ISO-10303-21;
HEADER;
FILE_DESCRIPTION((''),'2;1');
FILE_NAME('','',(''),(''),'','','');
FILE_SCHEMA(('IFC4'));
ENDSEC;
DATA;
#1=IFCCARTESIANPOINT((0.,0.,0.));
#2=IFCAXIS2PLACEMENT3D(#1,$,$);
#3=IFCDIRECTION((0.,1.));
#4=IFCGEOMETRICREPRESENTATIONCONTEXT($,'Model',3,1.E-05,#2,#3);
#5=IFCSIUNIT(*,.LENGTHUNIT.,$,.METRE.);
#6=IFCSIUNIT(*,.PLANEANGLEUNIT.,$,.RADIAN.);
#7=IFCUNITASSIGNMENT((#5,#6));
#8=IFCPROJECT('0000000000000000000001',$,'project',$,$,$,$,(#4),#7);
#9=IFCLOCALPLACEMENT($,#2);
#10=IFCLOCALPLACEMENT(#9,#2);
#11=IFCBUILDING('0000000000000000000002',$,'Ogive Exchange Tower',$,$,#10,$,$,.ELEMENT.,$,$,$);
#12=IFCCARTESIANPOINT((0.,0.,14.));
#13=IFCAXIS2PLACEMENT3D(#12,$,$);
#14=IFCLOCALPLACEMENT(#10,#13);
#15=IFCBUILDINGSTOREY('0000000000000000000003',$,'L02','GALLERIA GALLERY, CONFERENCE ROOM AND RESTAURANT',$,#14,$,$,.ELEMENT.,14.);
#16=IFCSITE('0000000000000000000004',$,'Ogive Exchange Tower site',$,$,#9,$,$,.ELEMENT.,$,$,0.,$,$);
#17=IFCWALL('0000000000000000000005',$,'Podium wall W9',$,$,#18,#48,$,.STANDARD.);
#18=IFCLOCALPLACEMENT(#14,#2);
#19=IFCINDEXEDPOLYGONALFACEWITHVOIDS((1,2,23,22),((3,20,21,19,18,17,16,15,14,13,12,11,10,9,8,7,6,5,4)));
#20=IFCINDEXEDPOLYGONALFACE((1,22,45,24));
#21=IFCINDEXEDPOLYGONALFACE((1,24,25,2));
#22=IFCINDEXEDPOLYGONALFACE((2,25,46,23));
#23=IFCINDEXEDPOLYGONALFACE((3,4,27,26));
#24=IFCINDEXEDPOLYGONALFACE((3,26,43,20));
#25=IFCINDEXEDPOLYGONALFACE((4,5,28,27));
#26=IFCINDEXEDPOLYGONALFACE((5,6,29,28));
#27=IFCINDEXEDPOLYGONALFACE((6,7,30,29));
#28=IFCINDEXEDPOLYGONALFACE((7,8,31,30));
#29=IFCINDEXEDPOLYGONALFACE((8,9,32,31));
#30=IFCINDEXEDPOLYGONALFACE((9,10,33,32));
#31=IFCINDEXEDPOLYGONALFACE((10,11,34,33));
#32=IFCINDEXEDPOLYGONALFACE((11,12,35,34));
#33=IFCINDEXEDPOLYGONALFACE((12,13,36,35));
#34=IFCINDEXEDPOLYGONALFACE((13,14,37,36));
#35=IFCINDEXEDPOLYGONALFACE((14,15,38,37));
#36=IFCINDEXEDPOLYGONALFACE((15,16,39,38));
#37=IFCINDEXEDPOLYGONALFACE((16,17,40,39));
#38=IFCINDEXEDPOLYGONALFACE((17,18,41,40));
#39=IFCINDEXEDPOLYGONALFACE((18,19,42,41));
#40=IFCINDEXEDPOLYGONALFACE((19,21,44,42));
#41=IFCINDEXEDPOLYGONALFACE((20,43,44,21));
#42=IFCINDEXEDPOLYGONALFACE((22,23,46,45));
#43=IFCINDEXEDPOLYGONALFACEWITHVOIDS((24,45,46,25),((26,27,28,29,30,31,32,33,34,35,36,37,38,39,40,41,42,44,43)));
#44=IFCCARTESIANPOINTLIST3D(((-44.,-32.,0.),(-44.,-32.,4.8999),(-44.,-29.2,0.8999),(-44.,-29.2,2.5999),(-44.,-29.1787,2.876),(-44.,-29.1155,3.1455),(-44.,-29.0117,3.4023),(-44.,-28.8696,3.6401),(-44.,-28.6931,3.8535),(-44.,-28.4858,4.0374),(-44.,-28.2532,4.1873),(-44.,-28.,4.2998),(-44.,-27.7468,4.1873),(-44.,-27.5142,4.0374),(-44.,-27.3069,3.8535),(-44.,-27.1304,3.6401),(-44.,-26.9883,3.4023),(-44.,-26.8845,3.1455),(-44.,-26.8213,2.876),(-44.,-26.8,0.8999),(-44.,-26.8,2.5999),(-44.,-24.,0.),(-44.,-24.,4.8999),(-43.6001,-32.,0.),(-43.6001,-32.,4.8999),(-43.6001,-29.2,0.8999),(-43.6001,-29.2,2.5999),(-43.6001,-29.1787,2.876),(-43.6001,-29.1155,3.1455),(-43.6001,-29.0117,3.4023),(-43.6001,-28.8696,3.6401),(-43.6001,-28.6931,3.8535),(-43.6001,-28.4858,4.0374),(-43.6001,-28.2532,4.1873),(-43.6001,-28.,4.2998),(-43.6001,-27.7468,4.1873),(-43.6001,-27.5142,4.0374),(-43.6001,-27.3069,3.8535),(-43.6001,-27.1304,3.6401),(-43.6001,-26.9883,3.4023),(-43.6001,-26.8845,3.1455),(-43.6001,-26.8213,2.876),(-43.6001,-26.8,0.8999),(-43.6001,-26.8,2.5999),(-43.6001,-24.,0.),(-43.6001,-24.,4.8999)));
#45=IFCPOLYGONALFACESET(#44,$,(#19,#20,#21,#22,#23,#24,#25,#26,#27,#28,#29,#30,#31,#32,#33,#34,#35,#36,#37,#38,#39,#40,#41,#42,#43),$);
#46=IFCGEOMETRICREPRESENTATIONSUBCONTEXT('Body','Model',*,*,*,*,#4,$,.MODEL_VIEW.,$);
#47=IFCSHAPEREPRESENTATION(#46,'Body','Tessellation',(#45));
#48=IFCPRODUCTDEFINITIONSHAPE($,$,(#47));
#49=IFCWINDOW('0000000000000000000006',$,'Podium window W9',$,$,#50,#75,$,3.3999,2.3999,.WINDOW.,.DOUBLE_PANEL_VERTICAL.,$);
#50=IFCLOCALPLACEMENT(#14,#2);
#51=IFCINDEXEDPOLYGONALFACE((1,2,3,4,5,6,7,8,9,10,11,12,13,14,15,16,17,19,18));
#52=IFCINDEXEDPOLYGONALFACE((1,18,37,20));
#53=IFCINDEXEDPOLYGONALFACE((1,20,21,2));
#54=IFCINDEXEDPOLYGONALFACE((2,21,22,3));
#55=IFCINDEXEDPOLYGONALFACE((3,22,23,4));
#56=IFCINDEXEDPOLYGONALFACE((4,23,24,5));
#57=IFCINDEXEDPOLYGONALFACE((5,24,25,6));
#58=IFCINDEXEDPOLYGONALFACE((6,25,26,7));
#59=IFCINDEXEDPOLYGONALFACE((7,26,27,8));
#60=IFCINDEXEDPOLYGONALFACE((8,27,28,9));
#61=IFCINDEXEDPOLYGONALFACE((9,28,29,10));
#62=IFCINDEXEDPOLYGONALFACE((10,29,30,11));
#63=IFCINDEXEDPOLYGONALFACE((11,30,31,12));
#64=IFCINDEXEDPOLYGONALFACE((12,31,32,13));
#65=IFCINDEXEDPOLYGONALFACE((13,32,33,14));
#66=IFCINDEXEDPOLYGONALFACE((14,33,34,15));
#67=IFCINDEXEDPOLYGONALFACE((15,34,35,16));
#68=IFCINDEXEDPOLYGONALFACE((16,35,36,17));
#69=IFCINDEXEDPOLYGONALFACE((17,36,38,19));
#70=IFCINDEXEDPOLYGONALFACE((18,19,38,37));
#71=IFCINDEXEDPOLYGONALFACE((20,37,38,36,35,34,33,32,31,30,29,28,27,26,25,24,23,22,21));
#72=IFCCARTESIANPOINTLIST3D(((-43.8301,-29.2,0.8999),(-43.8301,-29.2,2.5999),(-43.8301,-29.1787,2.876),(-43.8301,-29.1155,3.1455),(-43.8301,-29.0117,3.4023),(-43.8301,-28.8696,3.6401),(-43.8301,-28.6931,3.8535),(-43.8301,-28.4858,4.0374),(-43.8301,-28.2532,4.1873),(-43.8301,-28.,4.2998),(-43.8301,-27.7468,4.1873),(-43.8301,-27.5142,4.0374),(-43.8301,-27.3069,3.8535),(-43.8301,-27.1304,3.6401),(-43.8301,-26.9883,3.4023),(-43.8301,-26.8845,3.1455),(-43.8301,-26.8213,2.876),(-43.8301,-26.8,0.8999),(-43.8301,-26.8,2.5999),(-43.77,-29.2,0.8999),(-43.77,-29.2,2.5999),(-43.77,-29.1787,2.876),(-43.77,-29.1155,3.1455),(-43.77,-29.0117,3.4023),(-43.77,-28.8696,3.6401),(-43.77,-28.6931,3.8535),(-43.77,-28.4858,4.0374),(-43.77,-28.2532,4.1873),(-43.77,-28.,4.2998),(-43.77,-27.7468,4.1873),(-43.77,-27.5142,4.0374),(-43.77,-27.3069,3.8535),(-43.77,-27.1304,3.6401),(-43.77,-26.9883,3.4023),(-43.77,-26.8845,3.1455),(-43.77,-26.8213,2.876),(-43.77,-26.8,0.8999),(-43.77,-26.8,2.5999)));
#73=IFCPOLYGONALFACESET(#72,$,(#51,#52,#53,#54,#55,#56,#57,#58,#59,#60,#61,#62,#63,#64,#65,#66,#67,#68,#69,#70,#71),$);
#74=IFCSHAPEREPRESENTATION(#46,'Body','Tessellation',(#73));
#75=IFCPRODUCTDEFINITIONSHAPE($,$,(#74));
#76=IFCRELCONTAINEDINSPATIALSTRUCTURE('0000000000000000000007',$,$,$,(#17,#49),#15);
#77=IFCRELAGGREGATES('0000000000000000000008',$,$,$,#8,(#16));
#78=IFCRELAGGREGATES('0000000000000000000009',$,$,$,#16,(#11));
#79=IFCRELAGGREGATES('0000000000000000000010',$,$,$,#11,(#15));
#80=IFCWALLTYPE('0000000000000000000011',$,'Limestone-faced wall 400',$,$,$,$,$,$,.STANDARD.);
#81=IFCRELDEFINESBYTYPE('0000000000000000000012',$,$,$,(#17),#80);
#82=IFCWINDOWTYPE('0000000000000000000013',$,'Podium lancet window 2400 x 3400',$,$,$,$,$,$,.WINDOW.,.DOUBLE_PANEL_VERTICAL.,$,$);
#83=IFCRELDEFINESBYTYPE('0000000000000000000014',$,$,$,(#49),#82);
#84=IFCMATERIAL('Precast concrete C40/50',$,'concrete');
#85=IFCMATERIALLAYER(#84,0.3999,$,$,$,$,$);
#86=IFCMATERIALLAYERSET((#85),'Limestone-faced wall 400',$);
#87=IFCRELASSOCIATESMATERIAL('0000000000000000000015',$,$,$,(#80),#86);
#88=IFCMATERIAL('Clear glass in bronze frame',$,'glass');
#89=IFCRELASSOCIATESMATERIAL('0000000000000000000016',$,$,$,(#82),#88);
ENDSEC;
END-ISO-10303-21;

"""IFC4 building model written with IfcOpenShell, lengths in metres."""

from ifc_helpers import new_model, si_unit, direction, frame, frame_2d, origin, place, context, subcontext, project, spatial, polyline, rectangle, outline, extrude, material, layer, layer_set, type_object, element, fill, save


model = new_model("IFC4")

# Units and contexts
model_context = context("Model", 3, precision=1e-05, world=origin(), true_north=direction((0.0, 1.0)))
body_context = subcontext(model_context, "Body", "Model", "MODEL_VIEW")
ifc_project = project(units=[si_unit("LENGTHUNIT", "METRE"), si_unit("PLANEANGLEUNIT", "RADIAN")], contexts=[model_context])

# Site, building, storey
site_placement = place(None, origin())
site = spatial("IfcSite", under=ifc_project, at=site_placement, Name="Ogive Exchange Tower site", CompositionType="ELEMENT", RefElevation=0.0)
building_placement = place(site_placement, origin())
building = spatial("IfcBuilding", under=site, at=building_placement, Name="Ogive Exchange Tower", CompositionType="ELEMENT")
storey_placement = place(building_placement, frame((0.0, 0.0, 14.0)))
storey = spatial("IfcBuildingStorey", under=building, at=storey_placement, Name="L02", Description="GALLERIA GALLERY, CONFERENCE ROOM AND RESTAURANT", CompositionType="ELEMENT", Elevation=14.0)

# Wall, opening, window
ifc_material_1 = material(Name="Precast concrete C40/50", Category="concrete")
ifc_layer_1 = layer(ifc_material_1, 0.3999)
ifc_layer_set_1 = layer_set([ifc_layer_1], Name="Limestone-faced wall 400")
wall_type_1 = type_object("IfcWallType", Name="Limestone-faced wall 400", PredefinedType="STANDARD", material=ifc_layer_set_1)
wall_1_placement = place(storey_placement, frame((-43.8, -24.0, 0.0), z_axis=(0.0, 0.0, 1.0), x_axis=(0.0, -1.0, 0.0)))
wall_1 = element("IfcWall", 1, at=wall_1_placement, inside=storey, type_object=wall_type_1, Name="Podium wall W9", PredefinedType="STANDARD", context=body_context, shape_type="SweptSolid", body=[
    extrude(rectangle(XDim=8.0, YDim=0.3999, at=frame_2d((4.0, 0.0))), origin(), (0.0, 0.0, 1.0), 4.8999),
])
opening_1_placement = place(wall_1_placement, frame((2.8, 0.0, 0.8999)))
opening_1 = element("IfcOpeningElement", 2, at=opening_1_placement, cuts=wall_1, PredefinedType="OPENING", context=body_context, shape_type="SweptSolid", body=[
    extrude(outline(polyline([(0.0, 0.0), (2.3999, 0.0), (2.3999, 1.7), (2.3787, 1.9761), (2.3154, 2.2456), (2.2117, 2.5024), (2.0696, 2.7402), (1.8931, 2.9536), (1.6858, 3.1375), (1.4531, 3.2874), (1.2, 3.3999), (0.9468, 3.2874), (0.7141, 3.1375), (0.5068, 2.9536), (0.3303, 2.7402), (0.1882, 2.5024), (0.0845, 2.2456), (0.0212, 1.9761), (0.0, 1.7), (0.0, 0.0)])), frame((0.0, 0.21, 0.0), z_axis=(0.0, -1.0, 0.0), x_axis=(1.0, 0.0, 0.0)), (0.0, 0.0, 1.0), 0.4199),
])
ifc_material_2 = material(Name="Clear glass in bronze frame", Category="glass")
window_type_1 = type_object("IfcWindowType", Name="Podium lancet window 2400 x 3400", PartitioningType="DOUBLE_PANEL_VERTICAL", PredefinedType="WINDOW", material=ifc_material_2)
window_1_placement = place(opening_1_placement, origin())
window_1 = element("IfcWindow", 3, at=window_1_placement, inside=storey, type_object=window_type_1, Name="Podium window W9", OverallHeight=3.3999, OverallWidth=2.3999, PartitioningType="DOUBLE_PANEL_VERTICAL", PredefinedType="WINDOW", context=body_context, shape_type="SweptSolid", body=[
    extrude(outline(polyline([(0.0, 0.0), (2.3999, 0.0), (2.3999, 1.7), (2.3787, 1.9761), (2.3154, 2.2456), (2.2117, 2.5024), (2.0696, 2.7402), (1.8931, 2.9536), (1.6858, 3.1375), (1.4531, 3.2874), (1.2, 3.3999), (0.9468, 3.2874), (0.7141, 3.1375), (0.5068, 2.9536), (0.3303, 2.7402), (0.1882, 2.5024), (0.0845, 2.2456), (0.0212, 1.9761), (0.0, 1.7), (0.0, 0.0)])), frame((0.0, 0.03, 0.0), z_axis=(0.0, -1.0, 0.0), x_axis=(1.0, 0.0, 0.0)), (0.0, 0.0, 1.0), 0.0601),
])
fill(opening_1, window_1)

save(model, "model.ifc")
